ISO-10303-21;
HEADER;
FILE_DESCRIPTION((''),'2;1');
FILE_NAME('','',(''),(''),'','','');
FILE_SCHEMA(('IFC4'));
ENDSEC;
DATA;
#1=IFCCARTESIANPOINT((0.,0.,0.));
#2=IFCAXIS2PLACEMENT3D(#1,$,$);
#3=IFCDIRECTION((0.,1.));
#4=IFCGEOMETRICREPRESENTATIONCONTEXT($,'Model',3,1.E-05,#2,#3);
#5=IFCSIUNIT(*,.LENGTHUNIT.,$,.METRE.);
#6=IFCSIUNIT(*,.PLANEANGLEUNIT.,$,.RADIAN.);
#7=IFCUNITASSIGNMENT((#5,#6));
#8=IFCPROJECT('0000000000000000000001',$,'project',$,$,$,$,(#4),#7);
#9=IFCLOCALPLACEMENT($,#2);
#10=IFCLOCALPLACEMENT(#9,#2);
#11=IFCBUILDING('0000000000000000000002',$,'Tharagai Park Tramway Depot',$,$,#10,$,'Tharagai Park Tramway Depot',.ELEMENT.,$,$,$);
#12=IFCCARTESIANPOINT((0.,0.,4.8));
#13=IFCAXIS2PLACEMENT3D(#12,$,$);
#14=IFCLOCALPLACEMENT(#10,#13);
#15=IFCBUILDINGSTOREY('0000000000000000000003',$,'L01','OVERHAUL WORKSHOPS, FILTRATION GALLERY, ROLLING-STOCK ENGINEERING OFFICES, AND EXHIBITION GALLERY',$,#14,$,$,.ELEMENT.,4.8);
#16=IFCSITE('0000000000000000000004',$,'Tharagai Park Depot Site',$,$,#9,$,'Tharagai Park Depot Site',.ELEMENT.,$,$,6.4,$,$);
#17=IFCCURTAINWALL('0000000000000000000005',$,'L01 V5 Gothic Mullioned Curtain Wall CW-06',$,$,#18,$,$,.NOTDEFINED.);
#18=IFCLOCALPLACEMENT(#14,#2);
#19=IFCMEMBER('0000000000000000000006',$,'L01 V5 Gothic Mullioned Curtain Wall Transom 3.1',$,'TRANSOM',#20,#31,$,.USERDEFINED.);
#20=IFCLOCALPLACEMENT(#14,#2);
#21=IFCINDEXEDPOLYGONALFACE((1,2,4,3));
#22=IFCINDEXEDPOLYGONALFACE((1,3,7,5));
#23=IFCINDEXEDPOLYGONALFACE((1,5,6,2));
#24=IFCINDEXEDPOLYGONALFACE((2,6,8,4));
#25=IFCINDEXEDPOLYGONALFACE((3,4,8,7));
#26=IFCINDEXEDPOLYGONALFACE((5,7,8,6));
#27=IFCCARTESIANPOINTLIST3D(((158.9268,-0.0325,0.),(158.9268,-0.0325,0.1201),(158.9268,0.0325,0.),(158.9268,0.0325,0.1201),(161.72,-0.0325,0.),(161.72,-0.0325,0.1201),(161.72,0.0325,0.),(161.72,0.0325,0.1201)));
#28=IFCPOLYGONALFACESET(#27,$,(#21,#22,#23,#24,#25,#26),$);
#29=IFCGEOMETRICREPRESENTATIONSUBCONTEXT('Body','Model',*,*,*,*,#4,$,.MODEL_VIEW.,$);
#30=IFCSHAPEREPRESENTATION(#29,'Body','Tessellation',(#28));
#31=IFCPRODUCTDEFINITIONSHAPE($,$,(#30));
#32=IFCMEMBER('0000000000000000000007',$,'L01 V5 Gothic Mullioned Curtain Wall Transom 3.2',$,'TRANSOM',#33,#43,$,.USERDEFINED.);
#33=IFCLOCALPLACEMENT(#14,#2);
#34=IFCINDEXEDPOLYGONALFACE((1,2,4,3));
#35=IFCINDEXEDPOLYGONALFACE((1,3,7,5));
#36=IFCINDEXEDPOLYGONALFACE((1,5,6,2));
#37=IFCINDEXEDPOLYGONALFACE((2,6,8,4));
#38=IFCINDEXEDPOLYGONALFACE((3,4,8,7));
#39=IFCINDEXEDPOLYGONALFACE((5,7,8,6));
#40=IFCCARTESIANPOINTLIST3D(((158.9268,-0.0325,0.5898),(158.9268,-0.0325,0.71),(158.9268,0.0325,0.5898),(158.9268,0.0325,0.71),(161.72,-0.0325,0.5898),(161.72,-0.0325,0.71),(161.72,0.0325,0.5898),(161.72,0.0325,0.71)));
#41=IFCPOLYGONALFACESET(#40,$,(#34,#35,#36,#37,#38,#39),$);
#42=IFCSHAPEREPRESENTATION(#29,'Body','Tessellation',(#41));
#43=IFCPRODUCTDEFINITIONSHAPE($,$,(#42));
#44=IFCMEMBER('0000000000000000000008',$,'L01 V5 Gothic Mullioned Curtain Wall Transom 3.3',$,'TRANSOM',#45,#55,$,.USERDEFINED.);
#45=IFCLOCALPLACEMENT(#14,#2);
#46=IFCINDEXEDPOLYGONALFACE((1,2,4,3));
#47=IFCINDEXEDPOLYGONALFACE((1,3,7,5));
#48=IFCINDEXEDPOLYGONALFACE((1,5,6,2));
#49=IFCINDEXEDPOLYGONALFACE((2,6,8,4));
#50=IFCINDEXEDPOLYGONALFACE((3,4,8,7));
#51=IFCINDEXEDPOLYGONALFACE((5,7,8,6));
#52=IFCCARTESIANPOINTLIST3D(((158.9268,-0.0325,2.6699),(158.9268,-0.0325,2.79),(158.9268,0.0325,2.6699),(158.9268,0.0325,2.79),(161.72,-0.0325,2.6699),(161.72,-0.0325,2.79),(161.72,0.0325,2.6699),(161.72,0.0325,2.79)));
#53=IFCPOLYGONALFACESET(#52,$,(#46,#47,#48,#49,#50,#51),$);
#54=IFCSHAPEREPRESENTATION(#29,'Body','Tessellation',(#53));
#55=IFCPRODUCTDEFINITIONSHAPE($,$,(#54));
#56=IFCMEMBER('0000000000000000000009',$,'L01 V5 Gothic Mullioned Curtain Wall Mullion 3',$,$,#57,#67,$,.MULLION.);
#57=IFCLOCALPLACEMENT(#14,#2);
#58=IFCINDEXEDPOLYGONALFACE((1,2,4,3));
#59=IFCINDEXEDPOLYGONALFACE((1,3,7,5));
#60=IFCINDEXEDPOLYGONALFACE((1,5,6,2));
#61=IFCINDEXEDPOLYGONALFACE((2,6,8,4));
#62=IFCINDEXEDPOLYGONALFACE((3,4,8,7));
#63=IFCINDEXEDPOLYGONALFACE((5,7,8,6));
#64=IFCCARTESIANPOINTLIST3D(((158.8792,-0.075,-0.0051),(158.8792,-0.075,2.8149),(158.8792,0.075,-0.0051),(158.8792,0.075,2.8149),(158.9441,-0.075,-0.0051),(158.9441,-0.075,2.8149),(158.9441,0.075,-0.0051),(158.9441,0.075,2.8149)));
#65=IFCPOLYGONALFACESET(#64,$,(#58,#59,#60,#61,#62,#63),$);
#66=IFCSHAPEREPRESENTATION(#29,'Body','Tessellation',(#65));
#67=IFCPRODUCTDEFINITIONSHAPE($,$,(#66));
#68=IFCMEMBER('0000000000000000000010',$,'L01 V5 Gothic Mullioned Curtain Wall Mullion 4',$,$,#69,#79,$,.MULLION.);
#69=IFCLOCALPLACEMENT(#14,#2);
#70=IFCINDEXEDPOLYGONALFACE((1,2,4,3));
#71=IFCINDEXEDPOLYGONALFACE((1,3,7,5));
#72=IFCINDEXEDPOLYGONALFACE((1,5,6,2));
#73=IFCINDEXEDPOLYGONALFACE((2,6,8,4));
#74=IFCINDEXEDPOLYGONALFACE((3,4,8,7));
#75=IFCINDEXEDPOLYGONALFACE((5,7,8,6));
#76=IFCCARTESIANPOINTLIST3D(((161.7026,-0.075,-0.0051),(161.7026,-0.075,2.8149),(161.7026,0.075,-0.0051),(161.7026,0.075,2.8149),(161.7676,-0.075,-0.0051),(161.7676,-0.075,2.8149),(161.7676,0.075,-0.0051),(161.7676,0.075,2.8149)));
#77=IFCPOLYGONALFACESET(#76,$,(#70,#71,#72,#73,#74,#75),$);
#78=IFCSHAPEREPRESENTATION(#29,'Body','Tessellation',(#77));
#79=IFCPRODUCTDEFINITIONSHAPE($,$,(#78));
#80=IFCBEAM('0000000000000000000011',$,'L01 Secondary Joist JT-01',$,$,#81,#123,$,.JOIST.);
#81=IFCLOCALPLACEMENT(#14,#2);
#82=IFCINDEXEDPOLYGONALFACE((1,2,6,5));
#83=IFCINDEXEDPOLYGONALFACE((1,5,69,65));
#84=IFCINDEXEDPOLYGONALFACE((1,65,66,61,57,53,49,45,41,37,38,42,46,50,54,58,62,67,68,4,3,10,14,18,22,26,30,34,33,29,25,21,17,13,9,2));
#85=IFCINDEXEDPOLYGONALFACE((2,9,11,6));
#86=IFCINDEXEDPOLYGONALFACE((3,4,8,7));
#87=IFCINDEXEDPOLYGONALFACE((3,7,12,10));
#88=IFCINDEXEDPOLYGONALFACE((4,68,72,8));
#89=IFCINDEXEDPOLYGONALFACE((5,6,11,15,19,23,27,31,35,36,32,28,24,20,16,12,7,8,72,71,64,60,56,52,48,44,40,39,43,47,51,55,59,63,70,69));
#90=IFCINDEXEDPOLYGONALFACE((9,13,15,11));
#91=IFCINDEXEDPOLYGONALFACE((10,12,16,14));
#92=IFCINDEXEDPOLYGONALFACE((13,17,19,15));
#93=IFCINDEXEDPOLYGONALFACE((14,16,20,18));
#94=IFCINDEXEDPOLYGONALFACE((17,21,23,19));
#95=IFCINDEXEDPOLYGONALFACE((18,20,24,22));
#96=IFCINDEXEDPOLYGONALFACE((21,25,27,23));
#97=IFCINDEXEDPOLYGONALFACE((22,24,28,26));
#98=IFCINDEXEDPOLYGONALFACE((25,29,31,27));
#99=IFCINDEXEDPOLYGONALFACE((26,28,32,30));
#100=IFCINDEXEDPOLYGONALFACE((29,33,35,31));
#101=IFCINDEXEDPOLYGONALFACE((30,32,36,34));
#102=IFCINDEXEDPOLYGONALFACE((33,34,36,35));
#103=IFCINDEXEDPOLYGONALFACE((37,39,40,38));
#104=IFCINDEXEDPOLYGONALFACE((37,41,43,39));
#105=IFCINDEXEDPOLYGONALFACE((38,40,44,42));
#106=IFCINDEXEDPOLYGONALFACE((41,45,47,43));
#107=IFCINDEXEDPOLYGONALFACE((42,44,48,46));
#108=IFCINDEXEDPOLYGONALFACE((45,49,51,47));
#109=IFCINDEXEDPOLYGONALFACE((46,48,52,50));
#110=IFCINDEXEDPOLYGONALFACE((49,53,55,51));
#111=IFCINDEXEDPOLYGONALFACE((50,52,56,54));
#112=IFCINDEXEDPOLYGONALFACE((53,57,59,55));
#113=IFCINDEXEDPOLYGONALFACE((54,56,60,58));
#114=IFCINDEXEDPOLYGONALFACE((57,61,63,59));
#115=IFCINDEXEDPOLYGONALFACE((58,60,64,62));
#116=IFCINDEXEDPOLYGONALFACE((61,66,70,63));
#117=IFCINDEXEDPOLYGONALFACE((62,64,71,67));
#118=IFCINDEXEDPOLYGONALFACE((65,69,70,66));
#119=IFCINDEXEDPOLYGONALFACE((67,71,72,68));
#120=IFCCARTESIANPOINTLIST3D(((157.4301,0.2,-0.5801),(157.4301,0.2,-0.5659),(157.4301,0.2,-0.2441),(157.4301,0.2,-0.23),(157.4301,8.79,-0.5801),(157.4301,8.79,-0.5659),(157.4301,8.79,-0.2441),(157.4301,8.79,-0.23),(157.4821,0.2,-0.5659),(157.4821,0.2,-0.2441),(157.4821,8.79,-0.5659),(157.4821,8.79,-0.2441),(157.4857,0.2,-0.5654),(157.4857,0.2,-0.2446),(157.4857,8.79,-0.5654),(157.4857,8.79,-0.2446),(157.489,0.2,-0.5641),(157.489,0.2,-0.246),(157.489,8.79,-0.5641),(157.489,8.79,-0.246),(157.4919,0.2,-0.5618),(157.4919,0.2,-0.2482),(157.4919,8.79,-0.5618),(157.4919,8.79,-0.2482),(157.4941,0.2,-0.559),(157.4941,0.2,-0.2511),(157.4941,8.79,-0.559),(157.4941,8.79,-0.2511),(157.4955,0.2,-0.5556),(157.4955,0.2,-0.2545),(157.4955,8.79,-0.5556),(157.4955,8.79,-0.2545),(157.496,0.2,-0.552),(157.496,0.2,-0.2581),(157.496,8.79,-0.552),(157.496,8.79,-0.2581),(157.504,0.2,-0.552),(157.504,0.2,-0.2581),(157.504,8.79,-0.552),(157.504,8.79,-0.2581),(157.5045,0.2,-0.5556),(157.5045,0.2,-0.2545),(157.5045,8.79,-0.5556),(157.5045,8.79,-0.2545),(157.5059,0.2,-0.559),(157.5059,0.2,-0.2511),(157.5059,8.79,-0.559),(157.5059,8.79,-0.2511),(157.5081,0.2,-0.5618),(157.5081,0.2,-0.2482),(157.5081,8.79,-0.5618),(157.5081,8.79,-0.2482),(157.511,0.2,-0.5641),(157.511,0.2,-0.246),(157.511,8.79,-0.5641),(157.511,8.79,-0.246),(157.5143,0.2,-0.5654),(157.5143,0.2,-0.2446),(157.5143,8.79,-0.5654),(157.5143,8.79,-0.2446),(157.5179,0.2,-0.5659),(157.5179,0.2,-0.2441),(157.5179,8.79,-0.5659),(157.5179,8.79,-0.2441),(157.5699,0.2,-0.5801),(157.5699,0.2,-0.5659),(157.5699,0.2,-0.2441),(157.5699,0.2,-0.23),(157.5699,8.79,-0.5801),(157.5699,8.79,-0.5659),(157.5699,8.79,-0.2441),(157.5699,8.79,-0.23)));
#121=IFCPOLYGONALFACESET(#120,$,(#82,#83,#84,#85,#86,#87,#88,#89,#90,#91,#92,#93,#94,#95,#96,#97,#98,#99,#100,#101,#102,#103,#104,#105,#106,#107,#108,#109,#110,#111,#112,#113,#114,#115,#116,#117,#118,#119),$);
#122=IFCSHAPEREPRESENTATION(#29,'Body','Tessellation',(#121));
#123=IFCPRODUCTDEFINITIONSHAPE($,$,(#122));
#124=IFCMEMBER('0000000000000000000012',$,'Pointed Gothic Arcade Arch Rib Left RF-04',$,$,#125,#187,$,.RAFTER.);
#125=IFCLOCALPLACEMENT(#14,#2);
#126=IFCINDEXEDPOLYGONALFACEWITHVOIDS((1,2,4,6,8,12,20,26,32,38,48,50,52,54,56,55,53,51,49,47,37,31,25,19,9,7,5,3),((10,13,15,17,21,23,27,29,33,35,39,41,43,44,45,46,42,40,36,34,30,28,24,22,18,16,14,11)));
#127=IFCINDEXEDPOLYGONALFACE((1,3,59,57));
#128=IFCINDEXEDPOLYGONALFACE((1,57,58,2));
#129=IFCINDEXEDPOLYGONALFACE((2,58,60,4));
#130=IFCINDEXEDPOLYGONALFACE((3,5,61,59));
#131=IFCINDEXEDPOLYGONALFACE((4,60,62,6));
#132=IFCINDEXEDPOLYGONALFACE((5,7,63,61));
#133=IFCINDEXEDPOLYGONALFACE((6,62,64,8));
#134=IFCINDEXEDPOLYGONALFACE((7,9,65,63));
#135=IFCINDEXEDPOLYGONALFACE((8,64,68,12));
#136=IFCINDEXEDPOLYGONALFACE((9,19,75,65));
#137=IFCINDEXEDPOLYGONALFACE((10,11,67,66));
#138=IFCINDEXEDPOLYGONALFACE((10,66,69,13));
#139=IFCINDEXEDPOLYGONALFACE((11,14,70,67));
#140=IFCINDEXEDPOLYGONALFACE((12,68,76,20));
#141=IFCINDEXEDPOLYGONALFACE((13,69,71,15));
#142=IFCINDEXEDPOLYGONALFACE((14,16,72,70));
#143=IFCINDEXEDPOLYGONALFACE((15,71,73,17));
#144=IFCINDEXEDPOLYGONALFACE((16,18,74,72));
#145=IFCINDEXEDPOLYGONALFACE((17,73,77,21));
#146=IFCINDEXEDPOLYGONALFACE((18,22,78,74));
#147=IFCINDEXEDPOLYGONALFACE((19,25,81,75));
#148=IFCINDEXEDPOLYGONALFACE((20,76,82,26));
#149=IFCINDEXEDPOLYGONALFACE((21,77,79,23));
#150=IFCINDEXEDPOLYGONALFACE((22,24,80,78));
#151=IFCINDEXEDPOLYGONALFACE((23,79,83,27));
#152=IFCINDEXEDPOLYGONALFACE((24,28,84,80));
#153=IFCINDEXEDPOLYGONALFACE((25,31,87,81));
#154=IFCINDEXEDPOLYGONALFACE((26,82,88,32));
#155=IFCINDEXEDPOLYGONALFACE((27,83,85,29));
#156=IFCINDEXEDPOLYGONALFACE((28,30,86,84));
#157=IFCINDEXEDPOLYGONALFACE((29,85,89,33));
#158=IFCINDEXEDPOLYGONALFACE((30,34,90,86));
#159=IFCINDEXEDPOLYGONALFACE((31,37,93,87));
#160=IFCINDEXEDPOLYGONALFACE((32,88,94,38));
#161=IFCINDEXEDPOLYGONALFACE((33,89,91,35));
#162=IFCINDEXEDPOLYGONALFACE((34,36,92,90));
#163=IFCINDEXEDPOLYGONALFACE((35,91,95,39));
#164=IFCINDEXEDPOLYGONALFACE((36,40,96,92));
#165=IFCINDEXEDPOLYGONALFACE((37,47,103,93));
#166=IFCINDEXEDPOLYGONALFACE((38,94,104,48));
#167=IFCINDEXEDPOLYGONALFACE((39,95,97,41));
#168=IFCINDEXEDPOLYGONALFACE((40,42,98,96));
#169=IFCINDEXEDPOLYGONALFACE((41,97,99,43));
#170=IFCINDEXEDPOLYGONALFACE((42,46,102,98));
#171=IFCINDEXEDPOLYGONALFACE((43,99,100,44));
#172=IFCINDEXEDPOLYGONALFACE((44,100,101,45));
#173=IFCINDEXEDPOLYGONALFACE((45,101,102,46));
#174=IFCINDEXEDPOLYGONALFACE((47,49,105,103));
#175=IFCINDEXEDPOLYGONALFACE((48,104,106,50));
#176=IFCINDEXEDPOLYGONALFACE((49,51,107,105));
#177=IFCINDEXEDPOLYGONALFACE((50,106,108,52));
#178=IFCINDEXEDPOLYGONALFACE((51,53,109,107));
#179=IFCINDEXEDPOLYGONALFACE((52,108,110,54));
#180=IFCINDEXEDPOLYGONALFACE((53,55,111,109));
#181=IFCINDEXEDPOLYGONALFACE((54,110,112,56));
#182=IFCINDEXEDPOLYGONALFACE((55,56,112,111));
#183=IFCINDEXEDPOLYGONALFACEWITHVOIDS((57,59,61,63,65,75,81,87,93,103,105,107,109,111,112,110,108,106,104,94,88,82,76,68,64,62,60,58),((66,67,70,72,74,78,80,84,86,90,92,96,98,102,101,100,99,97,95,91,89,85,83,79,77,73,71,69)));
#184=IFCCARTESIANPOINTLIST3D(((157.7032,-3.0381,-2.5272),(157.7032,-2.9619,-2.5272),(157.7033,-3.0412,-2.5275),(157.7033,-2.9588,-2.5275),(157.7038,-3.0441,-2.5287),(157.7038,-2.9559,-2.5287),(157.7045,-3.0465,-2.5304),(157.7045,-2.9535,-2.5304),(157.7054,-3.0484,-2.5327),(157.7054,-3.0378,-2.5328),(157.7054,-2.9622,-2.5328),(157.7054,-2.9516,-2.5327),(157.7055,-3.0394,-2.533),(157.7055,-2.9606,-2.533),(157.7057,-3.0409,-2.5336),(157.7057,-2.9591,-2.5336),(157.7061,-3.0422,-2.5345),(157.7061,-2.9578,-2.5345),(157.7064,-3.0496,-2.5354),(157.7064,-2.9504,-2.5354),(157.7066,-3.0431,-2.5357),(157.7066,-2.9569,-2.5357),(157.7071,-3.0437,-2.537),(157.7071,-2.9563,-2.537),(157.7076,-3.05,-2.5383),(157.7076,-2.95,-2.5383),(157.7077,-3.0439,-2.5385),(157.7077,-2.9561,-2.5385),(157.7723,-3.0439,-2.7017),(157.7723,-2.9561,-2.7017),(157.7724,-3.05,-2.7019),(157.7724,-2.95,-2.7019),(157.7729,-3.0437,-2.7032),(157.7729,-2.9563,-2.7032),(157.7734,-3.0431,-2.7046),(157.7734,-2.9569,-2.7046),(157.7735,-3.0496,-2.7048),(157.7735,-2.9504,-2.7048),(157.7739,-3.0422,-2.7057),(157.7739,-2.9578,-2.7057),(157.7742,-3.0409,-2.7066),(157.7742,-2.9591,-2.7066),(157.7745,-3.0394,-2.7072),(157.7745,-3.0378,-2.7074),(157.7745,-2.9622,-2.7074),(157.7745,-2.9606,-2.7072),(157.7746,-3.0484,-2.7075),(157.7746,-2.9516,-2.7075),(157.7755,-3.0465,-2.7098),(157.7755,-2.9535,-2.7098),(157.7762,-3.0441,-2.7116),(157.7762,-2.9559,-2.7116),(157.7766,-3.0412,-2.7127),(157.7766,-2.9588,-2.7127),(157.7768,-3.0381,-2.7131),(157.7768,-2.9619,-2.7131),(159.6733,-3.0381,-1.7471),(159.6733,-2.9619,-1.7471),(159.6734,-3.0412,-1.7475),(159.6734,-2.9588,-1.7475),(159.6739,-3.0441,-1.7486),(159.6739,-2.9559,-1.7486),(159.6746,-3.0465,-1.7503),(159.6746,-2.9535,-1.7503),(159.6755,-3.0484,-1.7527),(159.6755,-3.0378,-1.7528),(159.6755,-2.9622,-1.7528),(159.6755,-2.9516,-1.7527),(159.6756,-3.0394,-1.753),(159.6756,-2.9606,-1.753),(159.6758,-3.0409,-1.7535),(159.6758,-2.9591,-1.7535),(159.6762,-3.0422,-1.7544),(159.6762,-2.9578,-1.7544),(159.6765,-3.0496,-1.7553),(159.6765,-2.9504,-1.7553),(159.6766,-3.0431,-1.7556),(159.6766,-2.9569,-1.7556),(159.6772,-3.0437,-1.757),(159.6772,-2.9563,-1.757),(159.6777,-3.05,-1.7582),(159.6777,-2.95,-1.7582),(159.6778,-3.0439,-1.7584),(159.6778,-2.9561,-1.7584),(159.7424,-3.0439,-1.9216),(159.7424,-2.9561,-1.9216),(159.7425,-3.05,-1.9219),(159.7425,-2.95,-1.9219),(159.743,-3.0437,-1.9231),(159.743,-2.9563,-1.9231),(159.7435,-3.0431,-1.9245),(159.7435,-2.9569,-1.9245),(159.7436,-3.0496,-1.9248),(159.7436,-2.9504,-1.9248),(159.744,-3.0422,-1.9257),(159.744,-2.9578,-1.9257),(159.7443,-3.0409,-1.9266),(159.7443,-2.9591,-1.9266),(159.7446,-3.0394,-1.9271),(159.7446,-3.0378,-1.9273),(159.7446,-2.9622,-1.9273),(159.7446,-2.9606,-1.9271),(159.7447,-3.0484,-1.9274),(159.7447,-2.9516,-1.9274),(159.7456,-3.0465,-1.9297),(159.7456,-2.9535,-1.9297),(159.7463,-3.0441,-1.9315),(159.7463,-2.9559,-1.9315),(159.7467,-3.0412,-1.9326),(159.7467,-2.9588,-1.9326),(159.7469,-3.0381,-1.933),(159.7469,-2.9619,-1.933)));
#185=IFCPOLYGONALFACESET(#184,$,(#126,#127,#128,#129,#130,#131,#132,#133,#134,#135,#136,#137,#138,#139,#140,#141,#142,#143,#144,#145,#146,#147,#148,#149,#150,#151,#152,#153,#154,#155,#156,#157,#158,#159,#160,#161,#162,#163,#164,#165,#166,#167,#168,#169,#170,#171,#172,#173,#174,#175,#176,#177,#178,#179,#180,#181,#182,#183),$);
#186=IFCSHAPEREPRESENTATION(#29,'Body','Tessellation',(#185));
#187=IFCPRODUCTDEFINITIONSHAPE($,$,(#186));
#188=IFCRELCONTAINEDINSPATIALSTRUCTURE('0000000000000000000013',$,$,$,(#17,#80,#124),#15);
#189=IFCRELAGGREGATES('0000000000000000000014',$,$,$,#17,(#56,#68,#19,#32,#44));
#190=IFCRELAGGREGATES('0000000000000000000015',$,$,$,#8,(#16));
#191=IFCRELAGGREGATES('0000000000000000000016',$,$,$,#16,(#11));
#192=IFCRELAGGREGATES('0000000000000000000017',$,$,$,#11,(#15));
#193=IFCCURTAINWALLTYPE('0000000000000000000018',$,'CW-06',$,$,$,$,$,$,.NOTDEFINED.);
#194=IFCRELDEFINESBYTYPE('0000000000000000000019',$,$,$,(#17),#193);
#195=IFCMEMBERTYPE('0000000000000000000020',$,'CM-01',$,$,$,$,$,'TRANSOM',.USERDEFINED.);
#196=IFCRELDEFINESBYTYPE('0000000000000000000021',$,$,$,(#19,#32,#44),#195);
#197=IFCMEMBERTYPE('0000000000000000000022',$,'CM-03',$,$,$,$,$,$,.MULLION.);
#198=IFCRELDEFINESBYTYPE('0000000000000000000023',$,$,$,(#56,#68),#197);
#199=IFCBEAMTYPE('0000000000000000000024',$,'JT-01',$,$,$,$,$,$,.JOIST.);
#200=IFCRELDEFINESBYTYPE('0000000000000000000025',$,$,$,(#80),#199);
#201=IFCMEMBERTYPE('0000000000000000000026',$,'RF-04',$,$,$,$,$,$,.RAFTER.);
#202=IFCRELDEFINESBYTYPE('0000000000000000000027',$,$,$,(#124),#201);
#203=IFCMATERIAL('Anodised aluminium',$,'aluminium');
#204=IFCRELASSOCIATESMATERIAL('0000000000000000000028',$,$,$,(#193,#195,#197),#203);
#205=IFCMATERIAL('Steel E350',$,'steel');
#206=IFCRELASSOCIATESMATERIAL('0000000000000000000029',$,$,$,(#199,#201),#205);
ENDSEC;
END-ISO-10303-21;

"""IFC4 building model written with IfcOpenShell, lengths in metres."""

from ifc_helpers import new_model, si_unit, direction, frame, origin, origin_2d, place, context, subcontext, project, spatial, rectangle, hollow_rectangle, i_section, extrude, material, material_profile, profile_set, type_object, element, aggregate, save


model = new_model("IFC4")

# Units and contexts
model_context = context("Model", 3, precision=1e-05, world=origin(), true_north=direction((0.0, 1.0)))
body_context = subcontext(model_context, "Body", "Model", "MODEL_VIEW")
ifc_project = project(units=[si_unit("LENGTHUNIT", "METRE"), si_unit("PLANEANGLEUNIT", "RADIAN")], contexts=[model_context])

# Site, building, storey
site_placement = place(None, origin())
site = spatial("IfcSite", under=ifc_project, at=site_placement, Name="Tharagai Park Depot Site", LongName="Tharagai Park Depot Site", CompositionType="ELEMENT", RefElevation=6.4)
building_placement = place(site_placement, origin())
building = spatial("IfcBuilding", under=site, at=building_placement, Name="Tharagai Park Tramway Depot", LongName="Tharagai Park Tramway Depot", CompositionType="ELEMENT")
storey_placement = place(building_placement, frame((0.0, 0.0, 4.8)))
storey = spatial("IfcBuildingStorey", under=building, at=storey_placement, Name="L01", Description="OVERHAUL WORKSHOPS, FILTRATION GALLERY, ROLLING-STOCK ENGINEERING OFFICES, AND EXHIBITION GALLERY", CompositionType="ELEMENT", Elevation=4.8)

# Curtain wall, members
ifc_material_1 = material(Name="Anodised aluminium", Category="aluminium")
curtain_wall_type = type_object("IfcCurtainWallType", Name="CW-06", PredefinedType="NOTDEFINED", material=ifc_material_1)
curtain_wall_placement = place(storey_placement, origin())
curtain_wall = element("IfcCurtainWall", 1, at=curtain_wall_placement, inside=storey, type_object=curtain_wall_type, Name="L01 V5 Gothic Mullioned Curtain Wall CW-06", PredefinedType="NOTDEFINED")
ifc_material_profile_1 = material_profile(ifc_material_1, rectangle(XDim=0.0649, YDim=0.1201, at=origin_2d()), Name="ALU 65x120")
ifc_profile_set_1 = profile_set([ifc_material_profile_1], Name="Anodised aluminium")
member_type_1 = type_object("IfcMemberType", Name="CM-01", ElementType="TRANSOM", PredefinedType="USERDEFINED", material=ifc_profile_set_1)
member_1_placement = place(storey_placement, frame((158.9268, 0.0, 0.0601), z_axis=(1.0, 0.0, 0.0), x_axis=(0.0, 1.0, 0.0)))
member_1 = element("IfcMember", 2, at=member_1_placement, type_object=member_type_1, Name="L01 V5 Gothic Mullioned Curtain Wall Transom 3.1", ObjectType="TRANSOM", PredefinedType="USERDEFINED", context=body_context, shape_type="SweptSolid", body=[
    extrude(rectangle(XDim=0.0649, YDim=0.1201, at=origin_2d()), origin(), (0.0, 0.0, 1.0), 2.7932),
])
member_2_placement = place(storey_placement, frame((158.9268, 0.0, 0.6499), z_axis=(1.0, 0.0, 0.0), x_axis=(0.0, 1.0, 0.0)))
member_2 = element("IfcMember", 3, at=member_2_placement, type_object=member_type_1, Name="L01 V5 Gothic Mullioned Curtain Wall Transom 3.2", ObjectType="TRANSOM", PredefinedType="USERDEFINED", context=body_context, shape_type="SweptSolid", body=[
    extrude(rectangle(XDim=0.0649, YDim=0.1201, at=origin_2d()), origin(), (0.0, 0.0, 1.0), 2.7932),
])
member_3_placement = place(storey_placement, frame((158.9268, 0.0, 2.73), z_axis=(1.0, 0.0, 0.0), x_axis=(0.0, 1.0, 0.0)))
member_3 = element("IfcMember", 4, at=member_3_placement, type_object=member_type_1, Name="L01 V5 Gothic Mullioned Curtain Wall Transom 3.3", ObjectType="TRANSOM", PredefinedType="USERDEFINED", context=body_context, shape_type="SweptSolid", body=[
    extrude(rectangle(XDim=0.0649, YDim=0.1201, at=origin_2d()), origin(), (0.0, 0.0, 1.0), 2.7932),
])
ifc_material_profile_2 = material_profile(ifc_material_1, rectangle(XDim=0.0649, YDim=0.1499, at=origin_2d()), Name="ALU 65x150")
ifc_profile_set_2 = profile_set([ifc_material_profile_2], Name="Anodised aluminium")
member_type_2 = type_object("IfcMemberType", Name="CM-03", PredefinedType="MULLION", material=ifc_profile_set_2)
member_4_placement = place(storey_placement, frame((158.9116, 0.0, -0.0051), z_axis=(0.0, 0.0, 1.0), x_axis=(1.0, 0.0, 0.0)))
member_4 = element("IfcMember", 5, at=member_4_placement, type_object=member_type_2, Name="L01 V5 Gothic Mullioned Curtain Wall Mullion 3", PredefinedType="MULLION", context=body_context, shape_type="SweptSolid", body=[
    extrude(rectangle(XDim=0.0649, YDim=0.1499, at=origin_2d()), origin(), (0.0, 0.0, 1.0), 2.8201),
])
member_5_placement = place(storey_placement, frame((161.7351, 0.0, -0.0051), z_axis=(0.0, 0.0, 1.0), x_axis=(1.0, 0.0, 0.0)))
member_5 = element("IfcMember", 6, at=member_5_placement, type_object=member_type_2, Name="L01 V5 Gothic Mullioned Curtain Wall Mullion 4", PredefinedType="MULLION", context=body_context, shape_type="SweptSolid", body=[
    extrude(rectangle(XDim=0.0649, YDim=0.1499, at=origin_2d()), origin(), (0.0, 0.0, 1.0), 2.8201),
])

# Beam
ifc_material_2 = material(Name="Steel E350", Category="steel")
ifc_material_profile_3 = material_profile(ifc_material_2, i_section(OverallWidth=0.1399, OverallDepth=0.3501, WebThickness=0.0081, FlangeThickness=0.0142, FilletRadius=0.0139, at=origin_2d()), Name="ISMB 350")
ifc_profile_set_3 = profile_set([ifc_material_profile_3], Name="Steel E350")
beam_type_1 = type_object("IfcBeamType", Name="JT-01", PredefinedType="JOIST", material=ifc_profile_set_3)
beam_1_placement = place(storey_placement, frame((157.5, 0.2, -0.405), z_axis=(0.0, 1.0, 0.0), x_axis=(-1.0, 0.0, 0.0)))
element("IfcBeam", 7, at=beam_1_placement, inside=storey, type_object=beam_type_1, Name="L01 Secondary Joist JT-01", PredefinedType="JOIST", context=body_context, shape_type="SweptSolid", body=[
    extrude(i_section(OverallWidth=0.1399, OverallDepth=0.3501, WebThickness=0.0081, FlangeThickness=0.0142, FilletRadius=0.0139, at=origin_2d()), origin(), (0.0, 0.0, 1.0), 8.5901),
])

# Member
ifc_material_profile_4 = material_profile(ifc_material_2, hollow_rectangle(XDim=0.1001, YDim=0.2, WallThickness=0.0061, InnerFilletRadius=0.0061, OuterFilletRadius=0.012, at=origin_2d()), Name="RHS 200x100x6")
ifc_profile_set_4 = profile_set([ifc_material_profile_4], Name="Steel E350")
member_type_3 = type_object("IfcMemberType", Name="RF-04", PredefinedType="RAFTER", material=ifc_profile_set_4)
for number, where, z_axis, x_axis, name in (
    (8, (157.74, -3.0, -2.6201), (0.929766, 0.0, 0.36815), (0.0, 1.0, 0.0), "Pointed Gothic Arcade Arch Rib Left RF-04"),
):
    element("IfcMember", number, at=place(storey_placement, frame(where, z_axis=z_axis, x_axis=x_axis)), inside=storey, type_object=member_type_3, Name=name, PredefinedType="RAFTER", context=body_context, shape_type="SweptSolid", body=[
        extrude(hollow_rectangle(XDim=0.1001, YDim=0.2, WallThickness=0.0061, InnerFilletRadius=0.0061, OuterFilletRadius=0.012, at=origin_2d()), origin(), (0.0, 0.0, 1.0), 2.1189),
    ])

aggregate(curtain_wall, [member_4, member_5, member_1, member_2, member_3])

save(model, "model.ifc")
